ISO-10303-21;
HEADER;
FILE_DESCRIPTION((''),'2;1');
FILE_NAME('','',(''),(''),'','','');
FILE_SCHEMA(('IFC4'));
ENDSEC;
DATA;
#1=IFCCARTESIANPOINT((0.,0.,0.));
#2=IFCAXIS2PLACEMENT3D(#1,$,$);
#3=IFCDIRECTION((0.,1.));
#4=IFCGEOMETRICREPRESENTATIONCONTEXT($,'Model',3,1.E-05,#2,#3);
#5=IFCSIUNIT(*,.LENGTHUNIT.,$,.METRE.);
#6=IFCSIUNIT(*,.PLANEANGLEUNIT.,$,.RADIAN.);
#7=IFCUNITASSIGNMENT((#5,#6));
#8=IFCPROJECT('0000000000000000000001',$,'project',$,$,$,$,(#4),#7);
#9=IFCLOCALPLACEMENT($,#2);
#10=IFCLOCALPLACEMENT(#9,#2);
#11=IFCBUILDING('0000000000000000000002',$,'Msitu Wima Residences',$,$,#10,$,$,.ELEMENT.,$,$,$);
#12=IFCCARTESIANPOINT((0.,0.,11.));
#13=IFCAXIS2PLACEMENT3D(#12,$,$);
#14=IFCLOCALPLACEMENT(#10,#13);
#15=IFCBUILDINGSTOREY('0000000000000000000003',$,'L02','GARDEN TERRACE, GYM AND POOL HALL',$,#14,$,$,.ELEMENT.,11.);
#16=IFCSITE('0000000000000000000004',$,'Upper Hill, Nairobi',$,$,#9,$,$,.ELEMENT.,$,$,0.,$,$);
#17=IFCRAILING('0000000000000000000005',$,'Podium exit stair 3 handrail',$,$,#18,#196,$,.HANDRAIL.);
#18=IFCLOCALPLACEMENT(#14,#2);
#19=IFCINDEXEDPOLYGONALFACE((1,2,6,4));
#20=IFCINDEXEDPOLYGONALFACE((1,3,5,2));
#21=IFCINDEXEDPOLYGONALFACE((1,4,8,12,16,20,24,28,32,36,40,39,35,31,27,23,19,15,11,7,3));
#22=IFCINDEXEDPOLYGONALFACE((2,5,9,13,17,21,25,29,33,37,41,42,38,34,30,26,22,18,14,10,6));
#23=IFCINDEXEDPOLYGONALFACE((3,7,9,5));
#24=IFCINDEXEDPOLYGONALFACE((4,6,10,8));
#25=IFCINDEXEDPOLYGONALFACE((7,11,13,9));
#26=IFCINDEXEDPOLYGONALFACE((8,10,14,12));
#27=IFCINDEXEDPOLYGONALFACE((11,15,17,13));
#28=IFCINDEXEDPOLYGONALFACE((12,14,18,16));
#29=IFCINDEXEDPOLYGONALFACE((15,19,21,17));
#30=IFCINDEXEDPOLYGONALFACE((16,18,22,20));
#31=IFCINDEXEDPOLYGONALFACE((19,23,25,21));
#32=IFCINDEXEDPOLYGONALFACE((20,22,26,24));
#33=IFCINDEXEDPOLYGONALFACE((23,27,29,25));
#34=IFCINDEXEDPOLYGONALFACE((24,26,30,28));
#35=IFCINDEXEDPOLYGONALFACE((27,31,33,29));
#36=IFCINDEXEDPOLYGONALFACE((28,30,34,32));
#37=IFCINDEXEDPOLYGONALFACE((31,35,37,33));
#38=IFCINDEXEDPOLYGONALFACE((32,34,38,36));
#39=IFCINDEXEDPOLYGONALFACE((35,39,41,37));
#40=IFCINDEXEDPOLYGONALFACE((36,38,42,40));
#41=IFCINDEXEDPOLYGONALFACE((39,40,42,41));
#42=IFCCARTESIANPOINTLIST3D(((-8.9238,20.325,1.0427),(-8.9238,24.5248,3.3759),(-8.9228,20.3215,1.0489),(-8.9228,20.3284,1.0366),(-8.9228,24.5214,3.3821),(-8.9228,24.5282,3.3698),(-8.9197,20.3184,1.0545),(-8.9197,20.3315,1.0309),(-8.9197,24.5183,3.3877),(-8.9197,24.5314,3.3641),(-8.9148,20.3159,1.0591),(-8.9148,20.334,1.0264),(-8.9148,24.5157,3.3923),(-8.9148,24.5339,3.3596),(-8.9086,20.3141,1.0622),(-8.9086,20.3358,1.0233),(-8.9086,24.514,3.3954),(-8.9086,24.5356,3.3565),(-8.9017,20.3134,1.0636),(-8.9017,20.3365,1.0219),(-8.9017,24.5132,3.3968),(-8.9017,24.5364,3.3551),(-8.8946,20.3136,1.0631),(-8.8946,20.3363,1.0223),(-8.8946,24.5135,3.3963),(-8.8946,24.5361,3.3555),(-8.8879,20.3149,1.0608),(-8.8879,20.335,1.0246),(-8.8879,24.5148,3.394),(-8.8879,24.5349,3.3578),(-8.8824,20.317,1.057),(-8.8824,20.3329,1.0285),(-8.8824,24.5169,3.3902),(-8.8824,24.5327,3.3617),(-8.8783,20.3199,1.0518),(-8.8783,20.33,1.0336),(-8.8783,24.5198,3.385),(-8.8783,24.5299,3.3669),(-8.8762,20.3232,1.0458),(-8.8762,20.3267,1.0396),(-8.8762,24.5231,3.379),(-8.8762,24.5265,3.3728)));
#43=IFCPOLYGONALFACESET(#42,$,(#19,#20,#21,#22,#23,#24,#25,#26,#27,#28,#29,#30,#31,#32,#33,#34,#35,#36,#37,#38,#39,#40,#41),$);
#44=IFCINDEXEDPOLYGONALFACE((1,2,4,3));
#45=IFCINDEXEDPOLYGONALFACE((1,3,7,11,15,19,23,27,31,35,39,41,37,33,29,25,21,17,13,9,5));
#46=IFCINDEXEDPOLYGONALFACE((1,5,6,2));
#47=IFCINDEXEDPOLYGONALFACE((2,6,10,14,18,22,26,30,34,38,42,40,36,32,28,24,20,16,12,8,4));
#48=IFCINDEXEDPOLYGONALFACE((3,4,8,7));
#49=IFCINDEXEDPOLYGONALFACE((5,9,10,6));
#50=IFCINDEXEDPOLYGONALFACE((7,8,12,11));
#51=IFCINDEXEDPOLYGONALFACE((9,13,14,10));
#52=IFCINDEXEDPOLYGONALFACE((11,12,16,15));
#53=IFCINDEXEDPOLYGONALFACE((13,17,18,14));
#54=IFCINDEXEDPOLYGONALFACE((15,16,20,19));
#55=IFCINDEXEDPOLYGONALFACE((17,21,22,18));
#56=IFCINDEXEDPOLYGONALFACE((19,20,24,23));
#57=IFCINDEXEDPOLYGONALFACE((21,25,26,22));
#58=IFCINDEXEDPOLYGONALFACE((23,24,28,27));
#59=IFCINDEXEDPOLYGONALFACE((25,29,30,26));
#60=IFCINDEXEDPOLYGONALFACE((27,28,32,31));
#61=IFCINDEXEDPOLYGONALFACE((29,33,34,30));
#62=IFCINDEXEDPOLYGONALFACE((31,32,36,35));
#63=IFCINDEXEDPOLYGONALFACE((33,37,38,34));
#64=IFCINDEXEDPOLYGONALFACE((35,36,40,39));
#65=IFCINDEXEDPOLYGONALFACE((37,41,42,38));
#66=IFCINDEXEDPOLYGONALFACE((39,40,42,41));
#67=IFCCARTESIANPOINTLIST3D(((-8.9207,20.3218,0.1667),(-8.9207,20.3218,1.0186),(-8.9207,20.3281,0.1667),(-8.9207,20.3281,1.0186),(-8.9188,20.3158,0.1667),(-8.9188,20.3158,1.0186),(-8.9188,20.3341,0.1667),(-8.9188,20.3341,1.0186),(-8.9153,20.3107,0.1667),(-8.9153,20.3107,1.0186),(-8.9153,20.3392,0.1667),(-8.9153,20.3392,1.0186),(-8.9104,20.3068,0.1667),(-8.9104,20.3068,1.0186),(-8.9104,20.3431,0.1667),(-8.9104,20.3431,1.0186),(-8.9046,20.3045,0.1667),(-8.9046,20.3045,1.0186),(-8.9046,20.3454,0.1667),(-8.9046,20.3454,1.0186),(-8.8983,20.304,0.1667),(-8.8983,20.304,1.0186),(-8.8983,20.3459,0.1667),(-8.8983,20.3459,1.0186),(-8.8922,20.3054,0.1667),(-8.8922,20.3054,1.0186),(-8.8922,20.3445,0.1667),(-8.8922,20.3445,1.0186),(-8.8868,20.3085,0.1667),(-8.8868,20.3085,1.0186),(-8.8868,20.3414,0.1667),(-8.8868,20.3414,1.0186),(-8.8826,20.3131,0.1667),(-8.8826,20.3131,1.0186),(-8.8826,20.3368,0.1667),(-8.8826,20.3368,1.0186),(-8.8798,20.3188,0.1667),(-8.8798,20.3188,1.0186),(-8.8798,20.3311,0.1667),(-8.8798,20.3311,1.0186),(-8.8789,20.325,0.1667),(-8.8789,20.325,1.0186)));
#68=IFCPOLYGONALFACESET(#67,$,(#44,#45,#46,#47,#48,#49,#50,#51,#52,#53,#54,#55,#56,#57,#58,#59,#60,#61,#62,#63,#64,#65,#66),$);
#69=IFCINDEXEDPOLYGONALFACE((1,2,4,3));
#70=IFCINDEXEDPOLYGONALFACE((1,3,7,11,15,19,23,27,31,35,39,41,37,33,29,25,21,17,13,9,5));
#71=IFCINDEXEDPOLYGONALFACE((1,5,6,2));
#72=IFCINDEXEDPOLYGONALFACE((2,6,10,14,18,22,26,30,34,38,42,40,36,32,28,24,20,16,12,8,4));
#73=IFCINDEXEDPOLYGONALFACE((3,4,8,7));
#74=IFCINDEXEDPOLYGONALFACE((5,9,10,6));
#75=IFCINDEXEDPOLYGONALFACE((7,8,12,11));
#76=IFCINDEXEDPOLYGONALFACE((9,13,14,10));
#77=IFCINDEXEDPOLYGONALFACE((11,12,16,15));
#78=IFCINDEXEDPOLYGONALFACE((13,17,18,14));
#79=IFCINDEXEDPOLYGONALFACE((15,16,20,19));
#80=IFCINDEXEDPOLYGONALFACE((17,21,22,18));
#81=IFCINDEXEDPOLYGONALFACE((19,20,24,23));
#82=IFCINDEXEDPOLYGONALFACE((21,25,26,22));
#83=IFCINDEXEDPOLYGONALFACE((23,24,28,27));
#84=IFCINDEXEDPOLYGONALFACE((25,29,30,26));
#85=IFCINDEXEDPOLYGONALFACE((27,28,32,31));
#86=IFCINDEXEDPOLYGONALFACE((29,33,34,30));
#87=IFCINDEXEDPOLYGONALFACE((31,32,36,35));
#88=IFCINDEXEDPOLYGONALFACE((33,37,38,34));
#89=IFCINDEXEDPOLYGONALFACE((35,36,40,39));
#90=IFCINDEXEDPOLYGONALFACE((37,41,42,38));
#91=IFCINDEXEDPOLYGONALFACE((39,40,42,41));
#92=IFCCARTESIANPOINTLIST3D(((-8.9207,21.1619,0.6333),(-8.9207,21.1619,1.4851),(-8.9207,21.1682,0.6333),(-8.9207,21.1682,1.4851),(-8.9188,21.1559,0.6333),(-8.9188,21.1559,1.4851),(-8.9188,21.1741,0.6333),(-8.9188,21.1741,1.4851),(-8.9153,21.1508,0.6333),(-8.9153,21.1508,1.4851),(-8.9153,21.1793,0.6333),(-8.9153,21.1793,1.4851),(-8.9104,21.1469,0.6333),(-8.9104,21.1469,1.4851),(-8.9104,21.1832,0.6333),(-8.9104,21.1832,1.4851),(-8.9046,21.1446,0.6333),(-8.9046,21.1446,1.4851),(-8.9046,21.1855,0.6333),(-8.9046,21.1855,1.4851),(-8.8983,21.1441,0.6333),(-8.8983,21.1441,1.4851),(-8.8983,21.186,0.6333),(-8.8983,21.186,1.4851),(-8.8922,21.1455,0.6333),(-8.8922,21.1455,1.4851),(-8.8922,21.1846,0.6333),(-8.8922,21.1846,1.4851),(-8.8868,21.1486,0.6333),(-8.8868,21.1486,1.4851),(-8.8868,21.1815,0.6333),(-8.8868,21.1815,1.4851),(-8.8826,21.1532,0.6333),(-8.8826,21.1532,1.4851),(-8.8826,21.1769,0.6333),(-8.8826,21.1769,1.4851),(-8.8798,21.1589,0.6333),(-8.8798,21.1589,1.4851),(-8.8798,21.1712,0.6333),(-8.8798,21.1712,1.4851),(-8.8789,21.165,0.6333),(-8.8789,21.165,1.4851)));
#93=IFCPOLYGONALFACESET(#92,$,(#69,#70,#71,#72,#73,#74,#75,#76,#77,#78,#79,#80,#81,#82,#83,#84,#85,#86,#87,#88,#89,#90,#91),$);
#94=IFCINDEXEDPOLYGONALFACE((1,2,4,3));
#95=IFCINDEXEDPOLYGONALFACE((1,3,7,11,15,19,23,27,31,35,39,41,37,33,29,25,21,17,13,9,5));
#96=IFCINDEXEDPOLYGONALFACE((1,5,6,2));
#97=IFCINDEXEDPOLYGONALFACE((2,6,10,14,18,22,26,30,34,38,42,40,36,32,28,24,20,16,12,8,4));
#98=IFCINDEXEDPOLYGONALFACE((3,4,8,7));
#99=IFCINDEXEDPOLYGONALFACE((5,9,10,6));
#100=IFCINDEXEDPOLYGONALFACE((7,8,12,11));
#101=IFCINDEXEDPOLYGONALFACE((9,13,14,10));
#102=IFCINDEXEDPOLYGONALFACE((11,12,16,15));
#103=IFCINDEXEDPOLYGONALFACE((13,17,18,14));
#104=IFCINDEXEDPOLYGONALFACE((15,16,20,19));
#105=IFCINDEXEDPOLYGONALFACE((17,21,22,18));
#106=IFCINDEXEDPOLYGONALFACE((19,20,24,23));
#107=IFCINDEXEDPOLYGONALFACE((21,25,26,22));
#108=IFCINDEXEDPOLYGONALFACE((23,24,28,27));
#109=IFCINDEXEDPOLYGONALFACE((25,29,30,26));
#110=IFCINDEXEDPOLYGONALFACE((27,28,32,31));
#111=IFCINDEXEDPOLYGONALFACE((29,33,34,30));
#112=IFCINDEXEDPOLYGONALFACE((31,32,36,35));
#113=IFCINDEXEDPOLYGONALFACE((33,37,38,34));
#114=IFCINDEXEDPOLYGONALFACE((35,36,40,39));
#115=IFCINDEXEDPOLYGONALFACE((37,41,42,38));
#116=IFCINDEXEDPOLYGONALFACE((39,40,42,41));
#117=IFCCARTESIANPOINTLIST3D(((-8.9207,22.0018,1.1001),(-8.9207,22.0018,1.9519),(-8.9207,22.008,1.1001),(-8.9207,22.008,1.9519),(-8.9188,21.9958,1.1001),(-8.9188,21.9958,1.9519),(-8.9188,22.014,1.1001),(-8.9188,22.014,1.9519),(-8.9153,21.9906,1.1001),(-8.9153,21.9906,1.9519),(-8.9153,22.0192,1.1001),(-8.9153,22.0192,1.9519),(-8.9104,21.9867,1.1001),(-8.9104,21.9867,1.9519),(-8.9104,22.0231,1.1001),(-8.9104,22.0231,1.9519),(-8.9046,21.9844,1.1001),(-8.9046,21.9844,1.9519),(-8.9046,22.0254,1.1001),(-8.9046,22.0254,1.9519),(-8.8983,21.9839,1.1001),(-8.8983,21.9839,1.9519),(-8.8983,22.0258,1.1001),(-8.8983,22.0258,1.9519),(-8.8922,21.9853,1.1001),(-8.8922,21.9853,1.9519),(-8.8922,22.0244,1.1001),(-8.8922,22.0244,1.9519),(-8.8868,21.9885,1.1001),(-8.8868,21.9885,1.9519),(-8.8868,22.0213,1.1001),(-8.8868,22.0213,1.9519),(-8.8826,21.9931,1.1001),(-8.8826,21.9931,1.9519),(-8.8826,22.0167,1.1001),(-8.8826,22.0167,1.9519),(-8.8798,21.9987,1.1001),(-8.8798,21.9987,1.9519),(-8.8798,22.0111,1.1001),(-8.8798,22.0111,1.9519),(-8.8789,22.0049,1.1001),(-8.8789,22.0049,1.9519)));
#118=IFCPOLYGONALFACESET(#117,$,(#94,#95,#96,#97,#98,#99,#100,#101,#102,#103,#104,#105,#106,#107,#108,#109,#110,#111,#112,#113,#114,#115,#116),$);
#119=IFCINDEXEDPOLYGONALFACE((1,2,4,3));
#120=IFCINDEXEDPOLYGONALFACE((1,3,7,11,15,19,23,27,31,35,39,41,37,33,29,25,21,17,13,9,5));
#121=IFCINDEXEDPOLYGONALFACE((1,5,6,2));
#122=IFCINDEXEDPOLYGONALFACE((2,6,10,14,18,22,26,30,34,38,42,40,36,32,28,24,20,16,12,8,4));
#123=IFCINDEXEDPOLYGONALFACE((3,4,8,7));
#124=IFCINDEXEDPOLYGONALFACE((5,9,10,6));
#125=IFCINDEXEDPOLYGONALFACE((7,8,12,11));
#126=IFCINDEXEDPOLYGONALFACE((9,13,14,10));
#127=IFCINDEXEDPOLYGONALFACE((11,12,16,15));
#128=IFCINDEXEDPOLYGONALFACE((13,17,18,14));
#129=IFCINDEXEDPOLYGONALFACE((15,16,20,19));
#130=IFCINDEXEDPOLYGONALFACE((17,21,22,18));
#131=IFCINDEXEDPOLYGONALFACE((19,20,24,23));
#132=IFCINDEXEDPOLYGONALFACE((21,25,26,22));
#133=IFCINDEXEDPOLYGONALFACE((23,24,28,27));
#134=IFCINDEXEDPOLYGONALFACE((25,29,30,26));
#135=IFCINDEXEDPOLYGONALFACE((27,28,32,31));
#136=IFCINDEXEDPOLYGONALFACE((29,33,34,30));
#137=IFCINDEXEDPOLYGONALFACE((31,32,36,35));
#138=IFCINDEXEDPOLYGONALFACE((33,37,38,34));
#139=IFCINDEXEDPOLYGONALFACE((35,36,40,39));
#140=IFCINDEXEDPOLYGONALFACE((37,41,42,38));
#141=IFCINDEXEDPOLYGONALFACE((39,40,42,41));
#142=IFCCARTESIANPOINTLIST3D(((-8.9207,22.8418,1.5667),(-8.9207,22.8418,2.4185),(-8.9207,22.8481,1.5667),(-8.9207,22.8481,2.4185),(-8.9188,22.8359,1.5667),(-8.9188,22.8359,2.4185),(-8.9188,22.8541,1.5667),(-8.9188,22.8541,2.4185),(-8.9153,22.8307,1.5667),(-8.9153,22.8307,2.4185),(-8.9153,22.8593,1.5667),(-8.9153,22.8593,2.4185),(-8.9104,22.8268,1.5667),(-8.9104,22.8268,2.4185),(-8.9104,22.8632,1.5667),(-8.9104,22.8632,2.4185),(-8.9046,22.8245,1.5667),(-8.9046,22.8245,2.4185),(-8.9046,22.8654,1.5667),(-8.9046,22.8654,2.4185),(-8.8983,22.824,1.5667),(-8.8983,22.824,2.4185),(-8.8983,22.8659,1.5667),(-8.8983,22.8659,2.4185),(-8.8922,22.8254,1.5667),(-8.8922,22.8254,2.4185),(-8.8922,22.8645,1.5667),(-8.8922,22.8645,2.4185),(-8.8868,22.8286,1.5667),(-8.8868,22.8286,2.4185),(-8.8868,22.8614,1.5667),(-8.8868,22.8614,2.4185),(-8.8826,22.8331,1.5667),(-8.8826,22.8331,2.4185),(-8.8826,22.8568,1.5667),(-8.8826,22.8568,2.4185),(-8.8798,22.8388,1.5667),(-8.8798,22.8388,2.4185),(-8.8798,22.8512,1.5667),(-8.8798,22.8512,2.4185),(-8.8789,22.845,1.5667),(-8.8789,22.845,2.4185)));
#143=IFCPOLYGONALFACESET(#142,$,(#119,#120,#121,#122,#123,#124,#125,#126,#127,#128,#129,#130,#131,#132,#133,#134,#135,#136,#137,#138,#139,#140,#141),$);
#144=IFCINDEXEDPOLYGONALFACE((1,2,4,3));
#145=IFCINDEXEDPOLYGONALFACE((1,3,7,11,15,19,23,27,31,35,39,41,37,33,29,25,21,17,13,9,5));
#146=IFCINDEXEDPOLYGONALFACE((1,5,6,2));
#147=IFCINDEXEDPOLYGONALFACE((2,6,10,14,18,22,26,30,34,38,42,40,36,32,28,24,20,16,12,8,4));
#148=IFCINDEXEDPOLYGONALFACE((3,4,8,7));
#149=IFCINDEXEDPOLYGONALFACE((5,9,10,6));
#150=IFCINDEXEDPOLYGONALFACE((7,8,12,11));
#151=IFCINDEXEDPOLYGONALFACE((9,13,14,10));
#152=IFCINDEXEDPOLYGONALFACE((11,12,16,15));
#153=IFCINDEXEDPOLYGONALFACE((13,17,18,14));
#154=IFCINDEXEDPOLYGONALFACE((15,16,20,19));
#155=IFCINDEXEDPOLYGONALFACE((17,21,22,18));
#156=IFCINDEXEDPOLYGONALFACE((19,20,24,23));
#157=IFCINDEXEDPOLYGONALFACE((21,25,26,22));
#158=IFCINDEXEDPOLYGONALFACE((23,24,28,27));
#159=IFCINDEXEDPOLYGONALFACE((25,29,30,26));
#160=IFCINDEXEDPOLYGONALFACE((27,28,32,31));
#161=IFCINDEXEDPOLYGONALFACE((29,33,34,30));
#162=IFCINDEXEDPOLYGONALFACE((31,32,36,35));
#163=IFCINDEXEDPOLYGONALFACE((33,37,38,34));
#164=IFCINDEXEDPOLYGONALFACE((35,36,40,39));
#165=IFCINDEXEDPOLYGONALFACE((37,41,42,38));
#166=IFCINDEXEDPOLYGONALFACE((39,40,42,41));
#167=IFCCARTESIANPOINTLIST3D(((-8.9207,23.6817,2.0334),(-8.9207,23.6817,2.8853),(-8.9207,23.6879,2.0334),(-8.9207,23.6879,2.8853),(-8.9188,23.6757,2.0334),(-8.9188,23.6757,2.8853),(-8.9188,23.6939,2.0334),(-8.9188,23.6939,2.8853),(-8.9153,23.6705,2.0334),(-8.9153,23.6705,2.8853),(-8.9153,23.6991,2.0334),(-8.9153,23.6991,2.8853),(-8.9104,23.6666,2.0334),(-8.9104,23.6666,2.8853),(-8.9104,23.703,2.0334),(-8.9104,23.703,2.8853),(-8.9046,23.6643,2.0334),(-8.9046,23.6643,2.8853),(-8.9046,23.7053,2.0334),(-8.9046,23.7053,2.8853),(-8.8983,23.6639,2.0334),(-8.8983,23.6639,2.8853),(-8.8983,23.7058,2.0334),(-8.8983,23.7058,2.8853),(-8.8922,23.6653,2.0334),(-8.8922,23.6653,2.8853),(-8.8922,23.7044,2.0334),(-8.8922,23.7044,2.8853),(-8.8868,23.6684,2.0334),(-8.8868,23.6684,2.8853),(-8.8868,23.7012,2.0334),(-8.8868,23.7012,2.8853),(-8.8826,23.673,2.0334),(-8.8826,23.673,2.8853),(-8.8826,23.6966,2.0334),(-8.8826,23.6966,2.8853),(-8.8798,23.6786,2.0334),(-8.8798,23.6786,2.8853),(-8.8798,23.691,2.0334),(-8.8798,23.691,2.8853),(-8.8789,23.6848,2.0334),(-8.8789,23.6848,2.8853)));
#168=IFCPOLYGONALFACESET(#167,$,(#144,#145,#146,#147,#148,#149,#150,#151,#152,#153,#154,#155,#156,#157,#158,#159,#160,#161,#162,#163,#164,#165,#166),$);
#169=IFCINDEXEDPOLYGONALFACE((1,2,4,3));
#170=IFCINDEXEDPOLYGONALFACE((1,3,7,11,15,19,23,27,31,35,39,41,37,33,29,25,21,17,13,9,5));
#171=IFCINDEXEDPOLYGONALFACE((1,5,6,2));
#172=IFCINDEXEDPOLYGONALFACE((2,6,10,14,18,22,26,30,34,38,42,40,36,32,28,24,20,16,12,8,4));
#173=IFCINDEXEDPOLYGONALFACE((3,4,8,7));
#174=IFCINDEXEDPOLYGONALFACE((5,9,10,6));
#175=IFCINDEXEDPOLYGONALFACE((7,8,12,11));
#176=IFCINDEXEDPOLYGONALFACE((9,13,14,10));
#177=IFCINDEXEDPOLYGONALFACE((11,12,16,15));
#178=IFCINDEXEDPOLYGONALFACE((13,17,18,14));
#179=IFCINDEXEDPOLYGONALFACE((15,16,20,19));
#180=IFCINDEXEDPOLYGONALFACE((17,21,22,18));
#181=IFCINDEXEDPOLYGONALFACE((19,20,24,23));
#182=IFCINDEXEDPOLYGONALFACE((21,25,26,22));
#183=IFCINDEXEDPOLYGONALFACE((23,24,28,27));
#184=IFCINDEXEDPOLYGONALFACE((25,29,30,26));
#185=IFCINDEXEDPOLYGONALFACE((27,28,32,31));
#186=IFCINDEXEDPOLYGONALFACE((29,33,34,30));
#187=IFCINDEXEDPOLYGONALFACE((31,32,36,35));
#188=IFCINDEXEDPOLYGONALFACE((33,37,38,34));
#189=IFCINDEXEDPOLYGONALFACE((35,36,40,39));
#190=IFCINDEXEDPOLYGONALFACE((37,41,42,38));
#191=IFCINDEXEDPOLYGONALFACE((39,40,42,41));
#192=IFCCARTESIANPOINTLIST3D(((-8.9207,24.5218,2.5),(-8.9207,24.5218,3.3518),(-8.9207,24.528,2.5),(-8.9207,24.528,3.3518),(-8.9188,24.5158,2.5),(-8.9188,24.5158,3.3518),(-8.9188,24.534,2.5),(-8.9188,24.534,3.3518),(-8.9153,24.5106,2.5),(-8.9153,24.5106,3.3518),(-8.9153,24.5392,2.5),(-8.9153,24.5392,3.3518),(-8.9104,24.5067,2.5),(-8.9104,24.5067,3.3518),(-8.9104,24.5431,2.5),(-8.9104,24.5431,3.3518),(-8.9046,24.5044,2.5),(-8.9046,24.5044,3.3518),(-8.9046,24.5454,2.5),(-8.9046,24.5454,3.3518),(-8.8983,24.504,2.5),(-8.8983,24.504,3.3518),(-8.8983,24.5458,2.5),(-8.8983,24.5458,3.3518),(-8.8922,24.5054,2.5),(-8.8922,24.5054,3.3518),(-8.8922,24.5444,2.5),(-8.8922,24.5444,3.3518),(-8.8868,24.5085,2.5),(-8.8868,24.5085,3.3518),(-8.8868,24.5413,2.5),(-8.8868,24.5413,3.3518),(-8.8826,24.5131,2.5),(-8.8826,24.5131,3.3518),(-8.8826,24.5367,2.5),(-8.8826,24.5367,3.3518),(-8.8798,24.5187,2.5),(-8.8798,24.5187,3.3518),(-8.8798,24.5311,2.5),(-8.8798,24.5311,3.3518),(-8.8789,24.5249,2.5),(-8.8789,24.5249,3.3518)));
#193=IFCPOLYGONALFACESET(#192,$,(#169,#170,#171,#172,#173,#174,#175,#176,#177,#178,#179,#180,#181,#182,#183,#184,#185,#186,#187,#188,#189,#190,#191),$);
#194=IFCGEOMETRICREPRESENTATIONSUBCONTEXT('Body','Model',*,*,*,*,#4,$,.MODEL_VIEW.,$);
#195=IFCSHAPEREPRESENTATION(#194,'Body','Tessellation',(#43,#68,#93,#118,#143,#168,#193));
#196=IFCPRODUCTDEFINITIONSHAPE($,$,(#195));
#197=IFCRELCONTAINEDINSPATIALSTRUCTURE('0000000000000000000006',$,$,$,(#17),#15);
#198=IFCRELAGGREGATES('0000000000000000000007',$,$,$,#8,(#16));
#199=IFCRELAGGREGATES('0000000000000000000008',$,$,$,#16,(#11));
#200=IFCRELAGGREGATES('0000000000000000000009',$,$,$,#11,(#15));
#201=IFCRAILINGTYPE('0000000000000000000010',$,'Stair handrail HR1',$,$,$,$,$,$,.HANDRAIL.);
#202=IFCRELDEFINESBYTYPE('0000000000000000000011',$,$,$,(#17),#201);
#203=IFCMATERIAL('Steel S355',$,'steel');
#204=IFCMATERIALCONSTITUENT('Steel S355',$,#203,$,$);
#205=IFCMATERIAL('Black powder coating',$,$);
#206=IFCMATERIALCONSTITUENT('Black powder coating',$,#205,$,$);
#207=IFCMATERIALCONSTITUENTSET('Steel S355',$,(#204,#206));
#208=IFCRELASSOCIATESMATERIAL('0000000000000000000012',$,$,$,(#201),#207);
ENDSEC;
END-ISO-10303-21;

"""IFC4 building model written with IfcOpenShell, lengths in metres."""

from ifc_helpers import new_model, si_unit, direction, frame, origin, origin_2d, place, context, subcontext, project, spatial, circle, extrude, material, constituent, constituent_set, type_object, element, save


model = new_model("IFC4")

# Units and contexts
model_context = context("Model", 3, precision=1e-05, world=origin(), true_north=direction((0.0, 1.0)))
body_context = subcontext(model_context, "Body", "Model", "MODEL_VIEW")
ifc_project = project(units=[si_unit("LENGTHUNIT", "METRE"), si_unit("PLANEANGLEUNIT", "RADIAN")], contexts=[model_context])

# Site, building, storey
site_placement = place(None, origin())
site = spatial("IfcSite", under=ifc_project, at=site_placement, Name="Upper Hill, Nairobi", CompositionType="ELEMENT", RefElevation=0.0)
building_placement = place(site_placement, origin())
building = spatial("IfcBuilding", under=site, at=building_placement, Name="Msitu Wima Residences", CompositionType="ELEMENT")
storey_placement = place(building_placement, frame((0.0, 0.0, 11.0)))
storey = spatial("IfcBuildingStorey", under=building, at=storey_placement, Name="L02", Description="GARDEN TERRACE, GYM AND POOL HALL", CompositionType="ELEMENT", Elevation=11.0)

# Railing
ifc_material_1 = material(Name="Steel S355", Category="steel")
ifc_constituent_1 = constituent(ifc_material_1, Name="Steel S355")
ifc_material_2 = material(Name="Black powder coating")
ifc_constituent_2 = constituent(ifc_material_2, Name="Black powder coating")
ifc_constituent_set = constituent_set(constituents=[ifc_constituent_1, ifc_constituent_2], Name="Steel S355")
railing_type = type_object("IfcRailingType", Name="Stair handrail HR1", PredefinedType="HANDRAIL", material=ifc_constituent_set)
for number, where, name in (
    (1, (-8.8999, 20.325, 0.1667), "Podium exit stair 3 handrail"),
):
    element("IfcRailing", number, at=place(storey_placement, frame(where)), inside=storey, type_object=railing_type, Name=name, PredefinedType="HANDRAIL", context=body_context, shape_type="SweptSolid", body=[
        extrude(circle(Radius=0.0239, at=origin_2d()), frame((0.0, 0.0, 0.876), z_axis=(0.0, 0.874162, 0.485634), x_axis=(-1.0, 0.0, 0.0)), (0.0, 0.0, 1.0), 4.8044),
        extrude(circle(Radius=0.021, at=origin_2d()), origin(), (0.0, 0.0, 1.0), 0.8518),
        extrude(circle(Radius=0.021, at=origin_2d()), frame((0.0, 0.8401, 0.4666)), (0.0, 0.0, 1.0), 0.8518),
        extrude(circle(Radius=0.021, at=origin_2d()), frame((0.0, 1.6799, 0.9333)), (0.0, 0.0, 1.0), 0.8518),
        extrude(circle(Radius=0.021, at=origin_2d()), frame((0.0, 2.52, 1.3999)), (0.0, 0.0, 1.0), 0.8518),
        extrude(circle(Radius=0.021, at=origin_2d()), frame((0.0, 3.3599, 1.8667)), (0.0, 0.0, 1.0), 0.8518),
        extrude(circle(Radius=0.021, at=origin_2d()), frame((0.0, 4.2, 2.3333)), (0.0, 0.0, 1.0), 0.8518),
    ])

save(model, "model.ifc")
